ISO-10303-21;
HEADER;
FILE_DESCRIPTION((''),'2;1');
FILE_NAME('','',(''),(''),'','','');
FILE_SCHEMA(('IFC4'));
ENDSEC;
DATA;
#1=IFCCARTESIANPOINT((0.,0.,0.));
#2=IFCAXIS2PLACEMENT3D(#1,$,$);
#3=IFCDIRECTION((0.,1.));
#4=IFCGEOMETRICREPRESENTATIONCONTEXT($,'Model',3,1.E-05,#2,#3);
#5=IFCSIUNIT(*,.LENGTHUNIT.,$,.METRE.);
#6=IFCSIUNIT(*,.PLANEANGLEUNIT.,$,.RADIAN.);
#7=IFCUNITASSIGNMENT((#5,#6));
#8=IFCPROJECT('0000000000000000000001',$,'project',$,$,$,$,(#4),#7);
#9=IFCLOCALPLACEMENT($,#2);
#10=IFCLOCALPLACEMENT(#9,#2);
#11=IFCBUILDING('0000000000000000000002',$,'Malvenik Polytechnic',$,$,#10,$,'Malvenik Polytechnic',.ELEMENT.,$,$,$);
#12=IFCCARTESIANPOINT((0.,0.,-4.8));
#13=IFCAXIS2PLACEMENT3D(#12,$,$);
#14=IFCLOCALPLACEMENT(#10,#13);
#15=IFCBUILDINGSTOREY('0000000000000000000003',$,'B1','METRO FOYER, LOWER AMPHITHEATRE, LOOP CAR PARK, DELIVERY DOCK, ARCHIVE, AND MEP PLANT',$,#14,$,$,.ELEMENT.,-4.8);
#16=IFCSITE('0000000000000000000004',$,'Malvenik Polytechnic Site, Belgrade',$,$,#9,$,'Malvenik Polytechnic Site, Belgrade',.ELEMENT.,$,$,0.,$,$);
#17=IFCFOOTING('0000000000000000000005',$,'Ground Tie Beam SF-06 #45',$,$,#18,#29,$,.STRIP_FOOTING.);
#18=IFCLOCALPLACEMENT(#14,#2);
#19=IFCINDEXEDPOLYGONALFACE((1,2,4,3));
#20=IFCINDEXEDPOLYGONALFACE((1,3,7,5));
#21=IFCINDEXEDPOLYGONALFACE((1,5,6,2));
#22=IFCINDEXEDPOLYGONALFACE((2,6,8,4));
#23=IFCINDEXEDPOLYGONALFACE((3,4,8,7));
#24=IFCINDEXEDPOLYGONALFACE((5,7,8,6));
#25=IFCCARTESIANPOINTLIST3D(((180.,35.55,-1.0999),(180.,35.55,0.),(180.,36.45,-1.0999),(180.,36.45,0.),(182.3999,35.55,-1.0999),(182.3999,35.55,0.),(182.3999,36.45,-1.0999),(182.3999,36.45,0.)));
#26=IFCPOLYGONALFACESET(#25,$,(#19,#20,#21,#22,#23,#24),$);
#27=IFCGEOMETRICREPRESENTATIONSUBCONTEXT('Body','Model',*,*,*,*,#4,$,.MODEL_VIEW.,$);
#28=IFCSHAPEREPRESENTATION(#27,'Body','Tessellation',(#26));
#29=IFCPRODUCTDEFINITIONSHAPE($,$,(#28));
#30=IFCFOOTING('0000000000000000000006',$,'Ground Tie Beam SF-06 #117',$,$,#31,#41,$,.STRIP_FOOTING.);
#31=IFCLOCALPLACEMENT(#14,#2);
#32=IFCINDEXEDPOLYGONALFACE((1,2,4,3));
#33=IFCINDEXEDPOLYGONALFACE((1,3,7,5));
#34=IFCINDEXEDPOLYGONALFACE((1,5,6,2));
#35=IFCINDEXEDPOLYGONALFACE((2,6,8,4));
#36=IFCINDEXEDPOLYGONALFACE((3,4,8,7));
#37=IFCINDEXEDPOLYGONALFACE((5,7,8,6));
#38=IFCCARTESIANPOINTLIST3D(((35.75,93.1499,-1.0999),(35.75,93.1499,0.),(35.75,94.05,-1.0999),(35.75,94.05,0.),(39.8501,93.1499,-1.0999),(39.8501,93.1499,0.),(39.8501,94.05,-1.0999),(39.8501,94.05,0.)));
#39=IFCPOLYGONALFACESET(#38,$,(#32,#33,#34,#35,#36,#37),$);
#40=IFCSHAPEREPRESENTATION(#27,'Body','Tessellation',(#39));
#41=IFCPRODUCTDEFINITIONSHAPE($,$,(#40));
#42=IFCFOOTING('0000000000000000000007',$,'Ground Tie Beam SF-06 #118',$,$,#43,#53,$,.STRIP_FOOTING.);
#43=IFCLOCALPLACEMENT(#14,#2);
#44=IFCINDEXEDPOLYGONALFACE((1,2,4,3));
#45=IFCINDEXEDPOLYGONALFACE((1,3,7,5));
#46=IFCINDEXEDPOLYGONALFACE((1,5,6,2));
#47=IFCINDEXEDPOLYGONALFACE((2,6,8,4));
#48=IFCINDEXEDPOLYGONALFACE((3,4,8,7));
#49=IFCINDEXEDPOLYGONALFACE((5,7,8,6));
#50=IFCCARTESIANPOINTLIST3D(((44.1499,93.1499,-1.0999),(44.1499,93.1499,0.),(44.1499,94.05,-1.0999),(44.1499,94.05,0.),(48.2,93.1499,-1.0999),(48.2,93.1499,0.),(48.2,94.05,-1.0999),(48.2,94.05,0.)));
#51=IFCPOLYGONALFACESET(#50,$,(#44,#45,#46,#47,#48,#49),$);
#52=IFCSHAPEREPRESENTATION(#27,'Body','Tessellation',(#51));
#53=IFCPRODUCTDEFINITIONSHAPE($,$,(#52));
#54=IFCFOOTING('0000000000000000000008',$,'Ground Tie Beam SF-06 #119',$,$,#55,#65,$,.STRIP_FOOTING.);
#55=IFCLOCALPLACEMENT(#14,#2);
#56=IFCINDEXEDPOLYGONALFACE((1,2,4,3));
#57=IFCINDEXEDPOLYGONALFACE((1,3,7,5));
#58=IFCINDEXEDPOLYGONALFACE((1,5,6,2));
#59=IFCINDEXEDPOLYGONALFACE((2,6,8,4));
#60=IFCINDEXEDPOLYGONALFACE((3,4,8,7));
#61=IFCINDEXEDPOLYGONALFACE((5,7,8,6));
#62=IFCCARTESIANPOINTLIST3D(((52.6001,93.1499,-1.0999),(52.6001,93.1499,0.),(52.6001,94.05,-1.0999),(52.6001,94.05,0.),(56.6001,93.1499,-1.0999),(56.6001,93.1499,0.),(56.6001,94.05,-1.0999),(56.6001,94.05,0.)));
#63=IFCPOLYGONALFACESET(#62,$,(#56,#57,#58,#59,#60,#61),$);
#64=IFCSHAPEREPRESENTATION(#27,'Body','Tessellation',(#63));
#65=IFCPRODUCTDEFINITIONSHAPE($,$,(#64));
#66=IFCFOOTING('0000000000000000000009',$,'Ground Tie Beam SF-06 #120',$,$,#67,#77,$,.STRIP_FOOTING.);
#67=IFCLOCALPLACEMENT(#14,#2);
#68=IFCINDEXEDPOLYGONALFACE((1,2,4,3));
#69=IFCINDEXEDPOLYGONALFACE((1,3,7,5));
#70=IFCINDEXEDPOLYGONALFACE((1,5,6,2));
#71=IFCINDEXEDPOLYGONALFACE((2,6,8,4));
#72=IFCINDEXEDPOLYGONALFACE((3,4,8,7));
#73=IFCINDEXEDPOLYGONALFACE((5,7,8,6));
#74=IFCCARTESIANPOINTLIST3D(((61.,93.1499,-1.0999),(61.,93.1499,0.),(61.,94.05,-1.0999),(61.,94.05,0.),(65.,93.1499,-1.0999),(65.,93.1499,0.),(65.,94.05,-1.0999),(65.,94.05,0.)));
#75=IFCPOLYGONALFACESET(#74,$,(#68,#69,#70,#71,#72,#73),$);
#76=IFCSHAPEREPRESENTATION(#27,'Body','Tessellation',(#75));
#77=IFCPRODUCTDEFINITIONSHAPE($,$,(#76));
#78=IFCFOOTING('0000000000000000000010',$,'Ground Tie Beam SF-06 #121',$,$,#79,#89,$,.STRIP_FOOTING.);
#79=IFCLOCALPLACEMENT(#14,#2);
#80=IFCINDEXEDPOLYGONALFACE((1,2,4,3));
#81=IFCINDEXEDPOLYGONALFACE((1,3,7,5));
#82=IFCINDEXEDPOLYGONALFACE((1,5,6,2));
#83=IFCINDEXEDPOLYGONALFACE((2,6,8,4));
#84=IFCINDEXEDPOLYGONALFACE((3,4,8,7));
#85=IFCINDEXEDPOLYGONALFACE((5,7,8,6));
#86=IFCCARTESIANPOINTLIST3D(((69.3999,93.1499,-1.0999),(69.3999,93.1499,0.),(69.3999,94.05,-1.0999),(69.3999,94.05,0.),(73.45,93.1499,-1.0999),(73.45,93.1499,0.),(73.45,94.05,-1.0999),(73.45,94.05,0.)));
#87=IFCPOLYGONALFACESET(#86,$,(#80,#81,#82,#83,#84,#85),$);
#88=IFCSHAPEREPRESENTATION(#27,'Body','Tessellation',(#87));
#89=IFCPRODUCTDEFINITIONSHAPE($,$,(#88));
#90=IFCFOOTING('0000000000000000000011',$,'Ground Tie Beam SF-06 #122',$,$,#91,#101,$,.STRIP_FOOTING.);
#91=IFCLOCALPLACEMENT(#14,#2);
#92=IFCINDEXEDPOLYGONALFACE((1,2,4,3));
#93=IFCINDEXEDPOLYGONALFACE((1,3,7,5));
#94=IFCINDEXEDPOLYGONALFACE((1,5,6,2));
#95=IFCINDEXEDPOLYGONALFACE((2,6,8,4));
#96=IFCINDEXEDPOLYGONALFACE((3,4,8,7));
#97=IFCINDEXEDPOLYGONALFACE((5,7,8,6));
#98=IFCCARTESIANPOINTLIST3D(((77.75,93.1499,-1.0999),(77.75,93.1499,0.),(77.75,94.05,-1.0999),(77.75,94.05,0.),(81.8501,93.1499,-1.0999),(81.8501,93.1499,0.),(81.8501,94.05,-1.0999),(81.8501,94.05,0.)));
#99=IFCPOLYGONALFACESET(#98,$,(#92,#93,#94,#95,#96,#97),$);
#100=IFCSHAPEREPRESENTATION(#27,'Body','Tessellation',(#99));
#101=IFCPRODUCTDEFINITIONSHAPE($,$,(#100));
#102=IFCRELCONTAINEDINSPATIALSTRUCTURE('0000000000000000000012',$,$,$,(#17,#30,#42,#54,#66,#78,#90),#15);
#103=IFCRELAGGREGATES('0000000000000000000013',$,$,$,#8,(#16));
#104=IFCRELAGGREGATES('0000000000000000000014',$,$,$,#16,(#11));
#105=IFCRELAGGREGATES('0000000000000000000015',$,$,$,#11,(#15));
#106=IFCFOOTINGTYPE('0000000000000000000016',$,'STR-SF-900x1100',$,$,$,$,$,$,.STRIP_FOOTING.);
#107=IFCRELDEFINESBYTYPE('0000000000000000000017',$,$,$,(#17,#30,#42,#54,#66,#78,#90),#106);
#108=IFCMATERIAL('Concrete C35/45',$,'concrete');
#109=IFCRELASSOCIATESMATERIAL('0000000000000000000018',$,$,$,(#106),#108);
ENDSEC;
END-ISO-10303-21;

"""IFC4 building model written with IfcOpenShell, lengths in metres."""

from ifc_helpers import new_model, si_unit, direction, frame, origin, place, context, subcontext, project, spatial, polyline, outline, extrude, material, type_object, element, save


model = new_model("IFC4")

# Units and contexts
model_context = context("Model", 3, precision=1e-05, world=origin(), true_north=direction((0.0, 1.0)))
body_context = subcontext(model_context, "Body", "Model", "MODEL_VIEW")
ifc_project = project(units=[si_unit("LENGTHUNIT", "METRE"), si_unit("PLANEANGLEUNIT", "RADIAN")], contexts=[model_context])

# Site, building, storey
site_placement = place(None, origin())
site = spatial("IfcSite", under=ifc_project, at=site_placement, Name="Malvenik Polytechnic Site, Belgrade", LongName="Malvenik Polytechnic Site, Belgrade", CompositionType="ELEMENT", RefElevation=0.0)
building_placement = place(site_placement, origin())
building = spatial("IfcBuilding", under=site, at=building_placement, Name="Malvenik Polytechnic", LongName="Malvenik Polytechnic", CompositionType="ELEMENT")
storey_placement = place(building_placement, frame((0.0, 0.0, -4.8)))
storey = spatial("IfcBuildingStorey", under=building, at=storey_placement, Name="B1", Description="METRO FOYER, LOWER AMPHITHEATRE, LOOP CAR PARK, DELIVERY DOCK, ARCHIVE, AND MEP PLANT", CompositionType="ELEMENT", Elevation=-4.8)

# Footings
ifc_material = material(Name="Concrete C35/45", Category="concrete")
footing_type = type_object("IfcFootingType", Name="STR-SF-900x1100", PredefinedType="STRIP_FOOTING", material=ifc_material)
footing_1_placement = place(storey_placement, frame((0.0, 0.0, -1.0999)))
element("IfcFooting", 1, at=footing_1_placement, inside=storey, type_object=footing_type, Name="Ground Tie Beam SF-06 #45", PredefinedType="STRIP_FOOTING", context=body_context, shape_type="SweptSolid", body=[
    extrude(outline(polyline([(180.0, 35.55), (182.3999, 35.55), (182.3999, 36.45), (180.0, 36.45), (180.0, 35.55)])), origin(), (0.0, 0.0, 1.0), 1.0999),
])
footing_2_placement = place(storey_placement, frame((0.0, 0.0, -1.0999)))
element("IfcFooting", 2, at=footing_2_placement, inside=storey, type_object=footing_type, Name="Ground Tie Beam SF-06 #117", PredefinedType="STRIP_FOOTING", context=body_context, shape_type="SweptSolid", body=[
    extrude(outline(polyline([(35.75, 93.1499), (39.8501, 93.1499), (39.8501, 94.05), (35.75, 94.05), (35.75, 93.1499)])), origin(), (0.0, 0.0, 1.0), 1.0999),
])
footing_3_placement = place(storey_placement, frame((0.0, 0.0, -1.0999)))
element("IfcFooting", 3, at=footing_3_placement, inside=storey, type_object=footing_type, Name="Ground Tie Beam SF-06 #118", PredefinedType="STRIP_FOOTING", context=body_context, shape_type="SweptSolid", body=[
    extrude(outline(polyline([(44.1499, 93.1499), (48.2, 93.1499), (48.2, 94.05), (44.1499, 94.05), (44.1499, 93.1499)])), origin(), (0.0, 0.0, 1.0), 1.0999),
])
footing_4_placement = place(storey_placement, frame((0.0, 0.0, -1.0999)))
element("IfcFooting", 4, at=footing_4_placement, inside=storey, type_object=footing_type, Name="Ground Tie Beam SF-06 #119", PredefinedType="STRIP_FOOTING", context=body_context, shape_type="SweptSolid", body=[
    extrude(outline(polyline([(52.6001, 93.1499), (56.6001, 93.1499), (56.6001, 94.05), (52.6001, 94.05), (52.6001, 93.1499)])), origin(), (0.0, 0.0, 1.0), 1.0999),
])
footing_5_placement = place(storey_placement, frame((0.0, 0.0, -1.0999)))
element("IfcFooting", 5, at=footing_5_placement, inside=storey, type_object=footing_type, Name="Ground Tie Beam SF-06 #120", PredefinedType="STRIP_FOOTING", context=body_context, shape_type="SweptSolid", body=[
    extrude(outline(polyline([(61.0, 93.1499), (65.0, 93.1499), (65.0, 94.05), (61.0, 94.05), (61.0, 93.1499)])), origin(), (0.0, 0.0, 1.0), 1.0999),
])
footing_6_placement = place(storey_placement, frame((0.0, 0.0, -1.0999)))
element("IfcFooting", 6, at=footing_6_placement, inside=storey, type_object=footing_type, Name="Ground Tie Beam SF-06 #121", PredefinedType="STRIP_FOOTING", context=body_context, shape_type="SweptSolid", body=[
    extrude(outline(polyline([(69.3999, 93.1499), (73.45, 93.1499), (73.45, 94.05), (69.3999, 94.05), (69.3999, 93.1499)])), origin(), (0.0, 0.0, 1.0), 1.0999),
])
footing_7_placement = place(storey_placement, frame((0.0, 0.0, -1.0999)))
element("IfcFooting", 7, at=footing_7_placement, inside=storey, type_object=footing_type, Name="Ground Tie Beam SF-06 #122", PredefinedType="STRIP_FOOTING", context=body_context, shape_type="SweptSolid", body=[
    extrude(outline(polyline([(77.75, 93.1499), (81.8501, 93.1499), (81.8501, 94.05), (77.75, 94.05), (77.75, 93.1499)])), origin(), (0.0, 0.0, 1.0), 1.0999),
])

save(model, "model.ifc")
